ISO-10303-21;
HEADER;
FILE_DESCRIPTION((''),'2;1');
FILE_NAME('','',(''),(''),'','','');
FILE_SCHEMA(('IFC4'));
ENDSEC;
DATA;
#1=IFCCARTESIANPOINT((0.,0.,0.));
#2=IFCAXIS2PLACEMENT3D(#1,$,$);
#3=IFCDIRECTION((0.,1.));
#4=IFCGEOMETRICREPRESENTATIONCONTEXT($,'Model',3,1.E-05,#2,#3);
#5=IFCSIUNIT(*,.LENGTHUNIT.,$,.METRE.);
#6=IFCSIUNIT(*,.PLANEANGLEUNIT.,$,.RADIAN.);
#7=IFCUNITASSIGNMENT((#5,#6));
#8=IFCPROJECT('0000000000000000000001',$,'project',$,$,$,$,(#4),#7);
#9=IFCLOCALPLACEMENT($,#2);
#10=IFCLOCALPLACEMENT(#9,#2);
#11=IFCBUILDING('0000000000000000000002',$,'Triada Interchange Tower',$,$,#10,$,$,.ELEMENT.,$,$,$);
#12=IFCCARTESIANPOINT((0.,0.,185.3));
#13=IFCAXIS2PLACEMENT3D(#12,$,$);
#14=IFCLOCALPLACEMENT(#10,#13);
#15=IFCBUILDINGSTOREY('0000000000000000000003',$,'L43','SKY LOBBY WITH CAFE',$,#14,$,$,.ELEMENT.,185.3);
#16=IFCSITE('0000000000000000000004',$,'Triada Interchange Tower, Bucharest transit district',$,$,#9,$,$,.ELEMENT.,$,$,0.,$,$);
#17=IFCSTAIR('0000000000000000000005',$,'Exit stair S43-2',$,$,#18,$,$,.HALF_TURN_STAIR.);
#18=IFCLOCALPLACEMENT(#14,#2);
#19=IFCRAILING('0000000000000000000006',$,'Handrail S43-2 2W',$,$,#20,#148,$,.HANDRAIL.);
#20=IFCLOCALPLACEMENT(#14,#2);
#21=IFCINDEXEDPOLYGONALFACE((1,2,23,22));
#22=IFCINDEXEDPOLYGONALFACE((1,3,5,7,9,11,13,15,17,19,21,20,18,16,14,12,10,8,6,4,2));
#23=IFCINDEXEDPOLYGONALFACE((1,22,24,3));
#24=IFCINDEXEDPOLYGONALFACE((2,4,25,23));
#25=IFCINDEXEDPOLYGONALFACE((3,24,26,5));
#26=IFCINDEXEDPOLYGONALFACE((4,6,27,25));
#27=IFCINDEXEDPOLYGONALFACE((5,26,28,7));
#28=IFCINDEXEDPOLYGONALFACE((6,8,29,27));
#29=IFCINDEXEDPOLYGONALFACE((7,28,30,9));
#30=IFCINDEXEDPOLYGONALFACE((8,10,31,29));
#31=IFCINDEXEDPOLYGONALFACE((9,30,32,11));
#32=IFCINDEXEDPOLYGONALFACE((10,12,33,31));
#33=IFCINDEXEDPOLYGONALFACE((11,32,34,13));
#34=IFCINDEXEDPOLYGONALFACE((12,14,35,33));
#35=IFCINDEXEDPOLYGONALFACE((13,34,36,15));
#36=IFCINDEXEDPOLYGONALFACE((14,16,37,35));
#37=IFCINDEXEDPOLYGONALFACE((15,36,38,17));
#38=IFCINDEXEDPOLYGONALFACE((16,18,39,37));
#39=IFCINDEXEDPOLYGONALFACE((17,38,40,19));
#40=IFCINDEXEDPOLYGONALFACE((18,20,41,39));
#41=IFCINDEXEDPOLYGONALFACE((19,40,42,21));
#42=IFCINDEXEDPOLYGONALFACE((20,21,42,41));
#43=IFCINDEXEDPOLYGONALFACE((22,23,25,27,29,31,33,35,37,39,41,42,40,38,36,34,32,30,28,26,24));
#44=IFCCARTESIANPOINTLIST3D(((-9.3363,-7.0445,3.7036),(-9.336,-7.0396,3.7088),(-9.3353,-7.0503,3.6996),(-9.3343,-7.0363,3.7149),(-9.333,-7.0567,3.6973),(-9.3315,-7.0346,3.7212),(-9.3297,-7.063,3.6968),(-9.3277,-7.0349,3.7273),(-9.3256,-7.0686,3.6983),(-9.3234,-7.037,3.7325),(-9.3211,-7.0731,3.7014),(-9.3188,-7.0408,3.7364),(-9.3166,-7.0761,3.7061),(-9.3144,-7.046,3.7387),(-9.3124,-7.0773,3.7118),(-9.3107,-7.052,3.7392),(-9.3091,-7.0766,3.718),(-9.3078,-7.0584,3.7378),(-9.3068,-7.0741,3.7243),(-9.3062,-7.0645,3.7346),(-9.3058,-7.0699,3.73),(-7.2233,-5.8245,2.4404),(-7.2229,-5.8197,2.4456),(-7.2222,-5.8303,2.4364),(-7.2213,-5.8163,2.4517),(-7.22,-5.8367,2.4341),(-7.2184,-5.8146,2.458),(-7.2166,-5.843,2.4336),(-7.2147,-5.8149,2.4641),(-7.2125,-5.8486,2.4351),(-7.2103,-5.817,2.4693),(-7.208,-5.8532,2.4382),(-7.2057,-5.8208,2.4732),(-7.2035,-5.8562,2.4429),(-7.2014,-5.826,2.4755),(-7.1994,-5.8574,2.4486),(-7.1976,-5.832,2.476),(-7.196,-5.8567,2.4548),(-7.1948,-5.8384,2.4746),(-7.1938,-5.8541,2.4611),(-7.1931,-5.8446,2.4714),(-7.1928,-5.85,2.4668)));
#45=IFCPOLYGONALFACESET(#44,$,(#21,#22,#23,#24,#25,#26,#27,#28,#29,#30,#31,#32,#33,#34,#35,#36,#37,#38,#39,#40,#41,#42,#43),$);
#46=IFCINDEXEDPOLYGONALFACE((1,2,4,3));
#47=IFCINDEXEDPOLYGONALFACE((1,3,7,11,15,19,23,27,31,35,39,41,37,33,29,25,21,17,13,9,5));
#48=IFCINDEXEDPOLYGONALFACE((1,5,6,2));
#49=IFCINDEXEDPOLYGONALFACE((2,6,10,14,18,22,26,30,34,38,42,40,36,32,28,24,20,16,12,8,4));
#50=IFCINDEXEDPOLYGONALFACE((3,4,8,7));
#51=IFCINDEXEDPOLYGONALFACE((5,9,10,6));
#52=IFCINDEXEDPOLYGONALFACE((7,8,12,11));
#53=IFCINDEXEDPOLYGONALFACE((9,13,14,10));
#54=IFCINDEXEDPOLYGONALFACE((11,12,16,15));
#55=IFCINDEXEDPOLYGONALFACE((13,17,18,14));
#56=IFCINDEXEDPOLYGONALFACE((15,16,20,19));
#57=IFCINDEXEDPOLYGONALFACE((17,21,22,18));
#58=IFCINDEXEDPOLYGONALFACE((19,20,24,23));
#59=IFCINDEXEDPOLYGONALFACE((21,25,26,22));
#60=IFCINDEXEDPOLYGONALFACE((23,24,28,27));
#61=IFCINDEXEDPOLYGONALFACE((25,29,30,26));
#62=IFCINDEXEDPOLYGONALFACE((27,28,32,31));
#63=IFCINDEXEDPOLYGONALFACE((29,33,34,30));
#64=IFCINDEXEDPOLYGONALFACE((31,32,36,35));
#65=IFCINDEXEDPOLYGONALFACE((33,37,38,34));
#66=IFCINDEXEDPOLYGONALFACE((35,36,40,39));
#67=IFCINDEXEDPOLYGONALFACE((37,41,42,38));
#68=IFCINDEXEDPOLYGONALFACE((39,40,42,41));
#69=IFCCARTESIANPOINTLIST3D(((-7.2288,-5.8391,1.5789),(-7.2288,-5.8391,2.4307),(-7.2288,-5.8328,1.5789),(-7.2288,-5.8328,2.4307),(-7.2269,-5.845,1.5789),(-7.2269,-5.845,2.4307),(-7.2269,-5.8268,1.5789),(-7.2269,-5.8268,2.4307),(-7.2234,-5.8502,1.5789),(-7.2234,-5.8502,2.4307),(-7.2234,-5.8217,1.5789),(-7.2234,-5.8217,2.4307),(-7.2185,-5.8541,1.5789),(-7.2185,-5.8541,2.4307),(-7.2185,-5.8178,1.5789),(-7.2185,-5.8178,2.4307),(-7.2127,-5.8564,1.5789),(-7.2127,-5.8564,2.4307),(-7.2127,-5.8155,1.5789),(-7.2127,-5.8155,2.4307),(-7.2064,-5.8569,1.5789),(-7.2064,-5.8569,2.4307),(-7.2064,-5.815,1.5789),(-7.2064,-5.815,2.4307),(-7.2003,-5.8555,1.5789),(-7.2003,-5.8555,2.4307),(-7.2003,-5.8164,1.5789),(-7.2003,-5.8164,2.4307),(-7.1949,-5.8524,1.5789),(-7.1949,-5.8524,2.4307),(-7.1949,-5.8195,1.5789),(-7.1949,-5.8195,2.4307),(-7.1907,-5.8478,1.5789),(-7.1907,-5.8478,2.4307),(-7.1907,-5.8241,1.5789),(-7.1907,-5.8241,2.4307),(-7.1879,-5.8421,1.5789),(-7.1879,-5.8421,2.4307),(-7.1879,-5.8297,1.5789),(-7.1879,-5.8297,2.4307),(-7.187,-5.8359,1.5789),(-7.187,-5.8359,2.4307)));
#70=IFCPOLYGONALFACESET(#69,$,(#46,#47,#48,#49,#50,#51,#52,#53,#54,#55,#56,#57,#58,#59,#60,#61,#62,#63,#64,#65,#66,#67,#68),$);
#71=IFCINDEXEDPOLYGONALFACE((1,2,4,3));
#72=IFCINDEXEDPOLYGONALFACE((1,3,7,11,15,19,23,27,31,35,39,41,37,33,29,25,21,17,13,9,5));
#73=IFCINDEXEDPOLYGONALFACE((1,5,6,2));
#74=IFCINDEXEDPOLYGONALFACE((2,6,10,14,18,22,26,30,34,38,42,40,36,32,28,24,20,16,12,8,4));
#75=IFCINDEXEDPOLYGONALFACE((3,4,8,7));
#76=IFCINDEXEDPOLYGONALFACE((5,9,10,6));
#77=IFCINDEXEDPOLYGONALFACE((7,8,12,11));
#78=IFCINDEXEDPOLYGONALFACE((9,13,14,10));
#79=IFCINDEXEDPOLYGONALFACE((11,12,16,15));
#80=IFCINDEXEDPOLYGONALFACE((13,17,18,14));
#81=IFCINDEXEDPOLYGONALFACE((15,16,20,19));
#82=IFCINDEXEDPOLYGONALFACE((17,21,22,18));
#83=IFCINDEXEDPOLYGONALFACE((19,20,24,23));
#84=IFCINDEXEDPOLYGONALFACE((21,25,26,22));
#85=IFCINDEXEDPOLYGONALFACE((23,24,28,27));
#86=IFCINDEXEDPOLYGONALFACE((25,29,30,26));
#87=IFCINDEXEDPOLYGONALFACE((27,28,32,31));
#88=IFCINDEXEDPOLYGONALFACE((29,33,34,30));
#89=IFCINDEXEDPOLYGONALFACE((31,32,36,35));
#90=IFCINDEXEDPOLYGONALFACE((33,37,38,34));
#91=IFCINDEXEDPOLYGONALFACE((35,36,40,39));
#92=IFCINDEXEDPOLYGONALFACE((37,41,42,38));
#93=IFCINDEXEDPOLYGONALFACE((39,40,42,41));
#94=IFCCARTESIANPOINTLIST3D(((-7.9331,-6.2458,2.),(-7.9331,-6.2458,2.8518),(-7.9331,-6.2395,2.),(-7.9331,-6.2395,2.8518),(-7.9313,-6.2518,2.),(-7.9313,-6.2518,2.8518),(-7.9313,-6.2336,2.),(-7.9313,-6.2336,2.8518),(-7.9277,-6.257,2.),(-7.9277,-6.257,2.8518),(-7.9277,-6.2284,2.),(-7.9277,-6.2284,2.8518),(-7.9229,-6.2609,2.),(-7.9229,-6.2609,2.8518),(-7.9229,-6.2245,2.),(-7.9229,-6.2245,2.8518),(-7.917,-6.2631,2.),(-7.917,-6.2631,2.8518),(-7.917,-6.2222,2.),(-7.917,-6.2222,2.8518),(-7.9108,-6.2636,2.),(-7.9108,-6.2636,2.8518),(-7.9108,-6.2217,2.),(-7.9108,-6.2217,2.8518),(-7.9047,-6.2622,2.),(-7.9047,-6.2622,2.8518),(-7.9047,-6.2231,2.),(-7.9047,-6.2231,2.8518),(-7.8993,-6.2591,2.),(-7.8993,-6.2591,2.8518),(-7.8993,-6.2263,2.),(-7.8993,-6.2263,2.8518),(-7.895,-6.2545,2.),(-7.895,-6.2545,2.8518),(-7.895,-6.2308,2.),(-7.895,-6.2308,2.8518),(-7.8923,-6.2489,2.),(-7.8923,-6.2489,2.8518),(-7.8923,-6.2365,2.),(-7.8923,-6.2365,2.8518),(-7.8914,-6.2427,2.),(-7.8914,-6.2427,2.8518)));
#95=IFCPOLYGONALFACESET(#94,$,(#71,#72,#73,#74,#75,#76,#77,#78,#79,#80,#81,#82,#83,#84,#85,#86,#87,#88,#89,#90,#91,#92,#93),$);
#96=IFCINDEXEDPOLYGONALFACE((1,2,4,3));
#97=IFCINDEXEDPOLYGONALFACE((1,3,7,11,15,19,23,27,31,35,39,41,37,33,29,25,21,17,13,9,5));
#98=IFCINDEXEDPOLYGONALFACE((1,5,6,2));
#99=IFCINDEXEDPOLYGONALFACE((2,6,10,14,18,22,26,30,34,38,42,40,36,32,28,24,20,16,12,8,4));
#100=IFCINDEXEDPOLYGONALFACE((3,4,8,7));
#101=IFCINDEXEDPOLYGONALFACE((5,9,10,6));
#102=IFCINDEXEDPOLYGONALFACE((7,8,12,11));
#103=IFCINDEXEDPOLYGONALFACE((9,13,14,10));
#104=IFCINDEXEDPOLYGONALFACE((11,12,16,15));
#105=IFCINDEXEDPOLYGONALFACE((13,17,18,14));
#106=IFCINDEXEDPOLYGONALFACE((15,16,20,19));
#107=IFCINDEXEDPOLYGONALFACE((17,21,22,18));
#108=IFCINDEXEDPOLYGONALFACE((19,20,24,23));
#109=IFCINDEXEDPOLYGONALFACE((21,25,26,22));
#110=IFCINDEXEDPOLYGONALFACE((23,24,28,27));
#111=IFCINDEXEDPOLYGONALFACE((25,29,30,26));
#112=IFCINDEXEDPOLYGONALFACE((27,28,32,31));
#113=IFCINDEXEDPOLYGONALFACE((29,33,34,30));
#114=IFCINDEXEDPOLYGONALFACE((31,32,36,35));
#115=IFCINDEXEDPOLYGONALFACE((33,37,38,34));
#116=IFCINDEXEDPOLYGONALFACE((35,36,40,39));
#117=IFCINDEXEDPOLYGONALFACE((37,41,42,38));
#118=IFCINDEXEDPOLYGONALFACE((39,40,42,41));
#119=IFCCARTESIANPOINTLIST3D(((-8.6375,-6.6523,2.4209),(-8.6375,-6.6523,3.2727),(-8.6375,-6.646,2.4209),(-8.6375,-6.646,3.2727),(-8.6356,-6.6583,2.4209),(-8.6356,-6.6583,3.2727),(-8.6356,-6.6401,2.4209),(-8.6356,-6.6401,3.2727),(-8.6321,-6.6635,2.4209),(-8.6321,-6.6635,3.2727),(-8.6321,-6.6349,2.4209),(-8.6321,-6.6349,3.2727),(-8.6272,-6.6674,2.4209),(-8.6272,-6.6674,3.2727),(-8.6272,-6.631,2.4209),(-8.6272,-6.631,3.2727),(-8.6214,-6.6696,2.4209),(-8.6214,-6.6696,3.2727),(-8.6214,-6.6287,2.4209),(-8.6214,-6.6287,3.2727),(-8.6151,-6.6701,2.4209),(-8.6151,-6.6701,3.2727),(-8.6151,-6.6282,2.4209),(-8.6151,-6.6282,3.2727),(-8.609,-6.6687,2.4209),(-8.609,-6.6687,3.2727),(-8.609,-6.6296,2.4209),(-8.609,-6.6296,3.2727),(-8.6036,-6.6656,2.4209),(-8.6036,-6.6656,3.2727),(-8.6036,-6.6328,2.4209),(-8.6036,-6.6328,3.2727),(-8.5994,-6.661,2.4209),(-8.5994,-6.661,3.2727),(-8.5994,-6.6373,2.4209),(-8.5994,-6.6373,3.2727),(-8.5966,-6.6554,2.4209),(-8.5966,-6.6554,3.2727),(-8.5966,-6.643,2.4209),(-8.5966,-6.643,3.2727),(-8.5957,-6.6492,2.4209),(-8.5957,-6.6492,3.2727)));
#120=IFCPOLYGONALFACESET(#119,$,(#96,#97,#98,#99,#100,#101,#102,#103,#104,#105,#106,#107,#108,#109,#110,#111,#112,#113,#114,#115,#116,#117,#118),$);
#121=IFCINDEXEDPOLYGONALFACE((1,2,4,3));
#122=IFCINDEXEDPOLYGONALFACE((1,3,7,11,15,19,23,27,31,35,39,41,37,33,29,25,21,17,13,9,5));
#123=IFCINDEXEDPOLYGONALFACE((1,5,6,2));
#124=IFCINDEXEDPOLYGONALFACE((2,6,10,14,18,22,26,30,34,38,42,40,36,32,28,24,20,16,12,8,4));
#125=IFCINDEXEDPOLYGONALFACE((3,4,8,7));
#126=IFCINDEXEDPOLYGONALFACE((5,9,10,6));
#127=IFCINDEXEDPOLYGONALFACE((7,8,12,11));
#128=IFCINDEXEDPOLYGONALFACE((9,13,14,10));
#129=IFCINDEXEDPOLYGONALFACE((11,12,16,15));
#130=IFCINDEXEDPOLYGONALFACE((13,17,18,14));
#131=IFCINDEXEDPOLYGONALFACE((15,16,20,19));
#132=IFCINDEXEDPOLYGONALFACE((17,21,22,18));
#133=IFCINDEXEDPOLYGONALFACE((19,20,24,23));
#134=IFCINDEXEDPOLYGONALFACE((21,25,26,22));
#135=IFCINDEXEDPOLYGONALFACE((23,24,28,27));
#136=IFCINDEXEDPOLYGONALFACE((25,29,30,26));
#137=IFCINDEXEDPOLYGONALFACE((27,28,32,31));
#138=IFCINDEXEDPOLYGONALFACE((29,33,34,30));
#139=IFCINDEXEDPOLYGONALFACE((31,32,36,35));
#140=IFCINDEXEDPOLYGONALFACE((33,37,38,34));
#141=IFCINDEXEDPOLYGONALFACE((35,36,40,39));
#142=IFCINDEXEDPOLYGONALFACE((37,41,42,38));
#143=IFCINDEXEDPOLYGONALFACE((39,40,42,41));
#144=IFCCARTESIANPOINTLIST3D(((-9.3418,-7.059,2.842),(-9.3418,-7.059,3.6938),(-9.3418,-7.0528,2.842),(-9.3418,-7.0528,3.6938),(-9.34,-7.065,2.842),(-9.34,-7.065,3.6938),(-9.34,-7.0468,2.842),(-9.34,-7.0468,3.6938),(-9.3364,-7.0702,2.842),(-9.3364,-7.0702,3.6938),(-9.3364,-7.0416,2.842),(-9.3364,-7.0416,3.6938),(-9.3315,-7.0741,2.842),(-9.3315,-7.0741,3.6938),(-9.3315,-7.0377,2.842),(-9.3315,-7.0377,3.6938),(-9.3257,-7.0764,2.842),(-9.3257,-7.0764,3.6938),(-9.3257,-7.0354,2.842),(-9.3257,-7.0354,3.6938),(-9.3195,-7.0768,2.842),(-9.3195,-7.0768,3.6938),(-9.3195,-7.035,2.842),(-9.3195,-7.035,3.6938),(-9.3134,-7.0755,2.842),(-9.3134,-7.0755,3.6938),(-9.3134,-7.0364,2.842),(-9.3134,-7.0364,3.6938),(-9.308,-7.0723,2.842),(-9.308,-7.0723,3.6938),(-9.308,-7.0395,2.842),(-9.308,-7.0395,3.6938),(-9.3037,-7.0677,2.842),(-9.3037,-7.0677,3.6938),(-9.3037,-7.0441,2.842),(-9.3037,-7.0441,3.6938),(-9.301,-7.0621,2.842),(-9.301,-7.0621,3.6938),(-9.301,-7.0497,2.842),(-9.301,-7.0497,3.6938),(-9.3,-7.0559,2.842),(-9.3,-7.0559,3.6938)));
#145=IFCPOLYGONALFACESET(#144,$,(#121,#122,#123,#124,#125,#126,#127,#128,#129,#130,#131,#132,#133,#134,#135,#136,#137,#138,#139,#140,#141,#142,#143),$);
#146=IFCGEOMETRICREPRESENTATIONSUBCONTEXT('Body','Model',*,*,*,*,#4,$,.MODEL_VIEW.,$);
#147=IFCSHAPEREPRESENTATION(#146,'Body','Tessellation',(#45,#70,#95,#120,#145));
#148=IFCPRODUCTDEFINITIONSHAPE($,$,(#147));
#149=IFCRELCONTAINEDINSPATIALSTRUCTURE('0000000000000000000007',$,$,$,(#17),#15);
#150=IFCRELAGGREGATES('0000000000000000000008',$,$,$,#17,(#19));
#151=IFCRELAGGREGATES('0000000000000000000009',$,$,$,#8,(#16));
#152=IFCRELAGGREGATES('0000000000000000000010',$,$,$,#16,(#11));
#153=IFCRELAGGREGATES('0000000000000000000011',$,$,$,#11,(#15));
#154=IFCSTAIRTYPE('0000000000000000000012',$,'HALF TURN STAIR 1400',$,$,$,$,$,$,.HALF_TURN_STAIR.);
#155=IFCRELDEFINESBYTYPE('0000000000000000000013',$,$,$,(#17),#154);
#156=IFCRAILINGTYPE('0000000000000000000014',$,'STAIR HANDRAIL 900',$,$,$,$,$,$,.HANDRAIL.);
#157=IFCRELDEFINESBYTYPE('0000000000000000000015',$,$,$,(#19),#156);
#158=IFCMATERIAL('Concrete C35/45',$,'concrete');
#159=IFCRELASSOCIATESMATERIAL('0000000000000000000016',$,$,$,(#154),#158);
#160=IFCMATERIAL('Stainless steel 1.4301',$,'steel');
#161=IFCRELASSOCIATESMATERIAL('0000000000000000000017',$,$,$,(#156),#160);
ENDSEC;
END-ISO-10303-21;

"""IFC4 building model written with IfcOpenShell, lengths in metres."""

from ifc_helpers import new_model, si_unit, direction, frame, origin, origin_2d, place, context, subcontext, project, spatial, circle, extrude, material, type_object, element, aggregate, save


model = new_model("IFC4")

# Units and contexts
model_context = context("Model", 3, precision=1e-05, world=origin(), true_north=direction((0.0, 1.0)))
body_context = subcontext(model_context, "Body", "Model", "MODEL_VIEW")
ifc_project = project(units=[si_unit("LENGTHUNIT", "METRE"), si_unit("PLANEANGLEUNIT", "RADIAN")], contexts=[model_context])

# Site, building, storey
site_placement = place(None, origin())
site = spatial("IfcSite", under=ifc_project, at=site_placement, Name="Triada Interchange Tower, Bucharest transit district", CompositionType="ELEMENT", RefElevation=0.0)
building_placement = place(site_placement, origin())
building = spatial("IfcBuilding", under=site, at=building_placement, Name="Triada Interchange Tower", CompositionType="ELEMENT")
storey_placement = place(building_placement, frame((0.0, 0.0, 185.3)))
storey = spatial("IfcBuildingStorey", under=building, at=storey_placement, Name="L43", Description="SKY LOBBY WITH CAFE", CompositionType="ELEMENT", Elevation=185.3)

# Stair
ifc_material_1 = material(Name="Concrete C35/45", Category="concrete")
stair_type = type_object("IfcStairType", Name="HALF TURN STAIR 1400", PredefinedType="HALF_TURN_STAIR", material=ifc_material_1)
stair_placement = place(storey_placement, origin())
stair = element("IfcStair", 1, at=stair_placement, inside=storey, type_object=stair_type, Name="Exit stair S43-2", PredefinedType="HALF_TURN_STAIR")

# Railing
ifc_material_2 = material(Name="Stainless steel 1.4301", Category="steel")
railing_type = type_object("IfcRailingType", Name="STAIR HANDRAIL 900", PredefinedType="HANDRAIL", material=ifc_material_2)
railing_1_placement = place(storey_placement, frame((-7.208, -5.8359, 1.5789)))
railing_1 = element("IfcRailing", 2, at=railing_1_placement, type_object=railing_type, Name="Handrail S43-2 2W", PredefinedType="HANDRAIL", context=body_context, shape_type="SweptSolid", body=[
    extrude(circle(Radius=0.0239, at=origin_2d()), frame((0.0, 0.0, 0.876), z_axis=(-0.76907, -0.444026, 0.459753), x_axis=(0.500003, -0.866024, 0.0)), (0.0, 0.0, 1.0), 2.7476),
    extrude(circle(Radius=0.021, at=origin_2d()), origin(), (0.0, 0.0, 1.0), 0.8518),
    extrude(circle(Radius=0.021, at=origin_2d()), frame((-0.7043, -0.4067, 0.4211)), (0.0, 0.0, 1.0), 0.8518),
    extrude(circle(Radius=0.021, at=origin_2d()), frame((-1.4087, -0.8132, 0.842)), (0.0, 0.0, 1.0), 0.8518),
    extrude(circle(Radius=0.021, at=origin_2d()), frame((-2.113, -1.22, 1.2632)), (0.0, 0.0, 1.0), 0.8518),
])
aggregate(stair, [railing_1])

save(model, "model.ifc")
